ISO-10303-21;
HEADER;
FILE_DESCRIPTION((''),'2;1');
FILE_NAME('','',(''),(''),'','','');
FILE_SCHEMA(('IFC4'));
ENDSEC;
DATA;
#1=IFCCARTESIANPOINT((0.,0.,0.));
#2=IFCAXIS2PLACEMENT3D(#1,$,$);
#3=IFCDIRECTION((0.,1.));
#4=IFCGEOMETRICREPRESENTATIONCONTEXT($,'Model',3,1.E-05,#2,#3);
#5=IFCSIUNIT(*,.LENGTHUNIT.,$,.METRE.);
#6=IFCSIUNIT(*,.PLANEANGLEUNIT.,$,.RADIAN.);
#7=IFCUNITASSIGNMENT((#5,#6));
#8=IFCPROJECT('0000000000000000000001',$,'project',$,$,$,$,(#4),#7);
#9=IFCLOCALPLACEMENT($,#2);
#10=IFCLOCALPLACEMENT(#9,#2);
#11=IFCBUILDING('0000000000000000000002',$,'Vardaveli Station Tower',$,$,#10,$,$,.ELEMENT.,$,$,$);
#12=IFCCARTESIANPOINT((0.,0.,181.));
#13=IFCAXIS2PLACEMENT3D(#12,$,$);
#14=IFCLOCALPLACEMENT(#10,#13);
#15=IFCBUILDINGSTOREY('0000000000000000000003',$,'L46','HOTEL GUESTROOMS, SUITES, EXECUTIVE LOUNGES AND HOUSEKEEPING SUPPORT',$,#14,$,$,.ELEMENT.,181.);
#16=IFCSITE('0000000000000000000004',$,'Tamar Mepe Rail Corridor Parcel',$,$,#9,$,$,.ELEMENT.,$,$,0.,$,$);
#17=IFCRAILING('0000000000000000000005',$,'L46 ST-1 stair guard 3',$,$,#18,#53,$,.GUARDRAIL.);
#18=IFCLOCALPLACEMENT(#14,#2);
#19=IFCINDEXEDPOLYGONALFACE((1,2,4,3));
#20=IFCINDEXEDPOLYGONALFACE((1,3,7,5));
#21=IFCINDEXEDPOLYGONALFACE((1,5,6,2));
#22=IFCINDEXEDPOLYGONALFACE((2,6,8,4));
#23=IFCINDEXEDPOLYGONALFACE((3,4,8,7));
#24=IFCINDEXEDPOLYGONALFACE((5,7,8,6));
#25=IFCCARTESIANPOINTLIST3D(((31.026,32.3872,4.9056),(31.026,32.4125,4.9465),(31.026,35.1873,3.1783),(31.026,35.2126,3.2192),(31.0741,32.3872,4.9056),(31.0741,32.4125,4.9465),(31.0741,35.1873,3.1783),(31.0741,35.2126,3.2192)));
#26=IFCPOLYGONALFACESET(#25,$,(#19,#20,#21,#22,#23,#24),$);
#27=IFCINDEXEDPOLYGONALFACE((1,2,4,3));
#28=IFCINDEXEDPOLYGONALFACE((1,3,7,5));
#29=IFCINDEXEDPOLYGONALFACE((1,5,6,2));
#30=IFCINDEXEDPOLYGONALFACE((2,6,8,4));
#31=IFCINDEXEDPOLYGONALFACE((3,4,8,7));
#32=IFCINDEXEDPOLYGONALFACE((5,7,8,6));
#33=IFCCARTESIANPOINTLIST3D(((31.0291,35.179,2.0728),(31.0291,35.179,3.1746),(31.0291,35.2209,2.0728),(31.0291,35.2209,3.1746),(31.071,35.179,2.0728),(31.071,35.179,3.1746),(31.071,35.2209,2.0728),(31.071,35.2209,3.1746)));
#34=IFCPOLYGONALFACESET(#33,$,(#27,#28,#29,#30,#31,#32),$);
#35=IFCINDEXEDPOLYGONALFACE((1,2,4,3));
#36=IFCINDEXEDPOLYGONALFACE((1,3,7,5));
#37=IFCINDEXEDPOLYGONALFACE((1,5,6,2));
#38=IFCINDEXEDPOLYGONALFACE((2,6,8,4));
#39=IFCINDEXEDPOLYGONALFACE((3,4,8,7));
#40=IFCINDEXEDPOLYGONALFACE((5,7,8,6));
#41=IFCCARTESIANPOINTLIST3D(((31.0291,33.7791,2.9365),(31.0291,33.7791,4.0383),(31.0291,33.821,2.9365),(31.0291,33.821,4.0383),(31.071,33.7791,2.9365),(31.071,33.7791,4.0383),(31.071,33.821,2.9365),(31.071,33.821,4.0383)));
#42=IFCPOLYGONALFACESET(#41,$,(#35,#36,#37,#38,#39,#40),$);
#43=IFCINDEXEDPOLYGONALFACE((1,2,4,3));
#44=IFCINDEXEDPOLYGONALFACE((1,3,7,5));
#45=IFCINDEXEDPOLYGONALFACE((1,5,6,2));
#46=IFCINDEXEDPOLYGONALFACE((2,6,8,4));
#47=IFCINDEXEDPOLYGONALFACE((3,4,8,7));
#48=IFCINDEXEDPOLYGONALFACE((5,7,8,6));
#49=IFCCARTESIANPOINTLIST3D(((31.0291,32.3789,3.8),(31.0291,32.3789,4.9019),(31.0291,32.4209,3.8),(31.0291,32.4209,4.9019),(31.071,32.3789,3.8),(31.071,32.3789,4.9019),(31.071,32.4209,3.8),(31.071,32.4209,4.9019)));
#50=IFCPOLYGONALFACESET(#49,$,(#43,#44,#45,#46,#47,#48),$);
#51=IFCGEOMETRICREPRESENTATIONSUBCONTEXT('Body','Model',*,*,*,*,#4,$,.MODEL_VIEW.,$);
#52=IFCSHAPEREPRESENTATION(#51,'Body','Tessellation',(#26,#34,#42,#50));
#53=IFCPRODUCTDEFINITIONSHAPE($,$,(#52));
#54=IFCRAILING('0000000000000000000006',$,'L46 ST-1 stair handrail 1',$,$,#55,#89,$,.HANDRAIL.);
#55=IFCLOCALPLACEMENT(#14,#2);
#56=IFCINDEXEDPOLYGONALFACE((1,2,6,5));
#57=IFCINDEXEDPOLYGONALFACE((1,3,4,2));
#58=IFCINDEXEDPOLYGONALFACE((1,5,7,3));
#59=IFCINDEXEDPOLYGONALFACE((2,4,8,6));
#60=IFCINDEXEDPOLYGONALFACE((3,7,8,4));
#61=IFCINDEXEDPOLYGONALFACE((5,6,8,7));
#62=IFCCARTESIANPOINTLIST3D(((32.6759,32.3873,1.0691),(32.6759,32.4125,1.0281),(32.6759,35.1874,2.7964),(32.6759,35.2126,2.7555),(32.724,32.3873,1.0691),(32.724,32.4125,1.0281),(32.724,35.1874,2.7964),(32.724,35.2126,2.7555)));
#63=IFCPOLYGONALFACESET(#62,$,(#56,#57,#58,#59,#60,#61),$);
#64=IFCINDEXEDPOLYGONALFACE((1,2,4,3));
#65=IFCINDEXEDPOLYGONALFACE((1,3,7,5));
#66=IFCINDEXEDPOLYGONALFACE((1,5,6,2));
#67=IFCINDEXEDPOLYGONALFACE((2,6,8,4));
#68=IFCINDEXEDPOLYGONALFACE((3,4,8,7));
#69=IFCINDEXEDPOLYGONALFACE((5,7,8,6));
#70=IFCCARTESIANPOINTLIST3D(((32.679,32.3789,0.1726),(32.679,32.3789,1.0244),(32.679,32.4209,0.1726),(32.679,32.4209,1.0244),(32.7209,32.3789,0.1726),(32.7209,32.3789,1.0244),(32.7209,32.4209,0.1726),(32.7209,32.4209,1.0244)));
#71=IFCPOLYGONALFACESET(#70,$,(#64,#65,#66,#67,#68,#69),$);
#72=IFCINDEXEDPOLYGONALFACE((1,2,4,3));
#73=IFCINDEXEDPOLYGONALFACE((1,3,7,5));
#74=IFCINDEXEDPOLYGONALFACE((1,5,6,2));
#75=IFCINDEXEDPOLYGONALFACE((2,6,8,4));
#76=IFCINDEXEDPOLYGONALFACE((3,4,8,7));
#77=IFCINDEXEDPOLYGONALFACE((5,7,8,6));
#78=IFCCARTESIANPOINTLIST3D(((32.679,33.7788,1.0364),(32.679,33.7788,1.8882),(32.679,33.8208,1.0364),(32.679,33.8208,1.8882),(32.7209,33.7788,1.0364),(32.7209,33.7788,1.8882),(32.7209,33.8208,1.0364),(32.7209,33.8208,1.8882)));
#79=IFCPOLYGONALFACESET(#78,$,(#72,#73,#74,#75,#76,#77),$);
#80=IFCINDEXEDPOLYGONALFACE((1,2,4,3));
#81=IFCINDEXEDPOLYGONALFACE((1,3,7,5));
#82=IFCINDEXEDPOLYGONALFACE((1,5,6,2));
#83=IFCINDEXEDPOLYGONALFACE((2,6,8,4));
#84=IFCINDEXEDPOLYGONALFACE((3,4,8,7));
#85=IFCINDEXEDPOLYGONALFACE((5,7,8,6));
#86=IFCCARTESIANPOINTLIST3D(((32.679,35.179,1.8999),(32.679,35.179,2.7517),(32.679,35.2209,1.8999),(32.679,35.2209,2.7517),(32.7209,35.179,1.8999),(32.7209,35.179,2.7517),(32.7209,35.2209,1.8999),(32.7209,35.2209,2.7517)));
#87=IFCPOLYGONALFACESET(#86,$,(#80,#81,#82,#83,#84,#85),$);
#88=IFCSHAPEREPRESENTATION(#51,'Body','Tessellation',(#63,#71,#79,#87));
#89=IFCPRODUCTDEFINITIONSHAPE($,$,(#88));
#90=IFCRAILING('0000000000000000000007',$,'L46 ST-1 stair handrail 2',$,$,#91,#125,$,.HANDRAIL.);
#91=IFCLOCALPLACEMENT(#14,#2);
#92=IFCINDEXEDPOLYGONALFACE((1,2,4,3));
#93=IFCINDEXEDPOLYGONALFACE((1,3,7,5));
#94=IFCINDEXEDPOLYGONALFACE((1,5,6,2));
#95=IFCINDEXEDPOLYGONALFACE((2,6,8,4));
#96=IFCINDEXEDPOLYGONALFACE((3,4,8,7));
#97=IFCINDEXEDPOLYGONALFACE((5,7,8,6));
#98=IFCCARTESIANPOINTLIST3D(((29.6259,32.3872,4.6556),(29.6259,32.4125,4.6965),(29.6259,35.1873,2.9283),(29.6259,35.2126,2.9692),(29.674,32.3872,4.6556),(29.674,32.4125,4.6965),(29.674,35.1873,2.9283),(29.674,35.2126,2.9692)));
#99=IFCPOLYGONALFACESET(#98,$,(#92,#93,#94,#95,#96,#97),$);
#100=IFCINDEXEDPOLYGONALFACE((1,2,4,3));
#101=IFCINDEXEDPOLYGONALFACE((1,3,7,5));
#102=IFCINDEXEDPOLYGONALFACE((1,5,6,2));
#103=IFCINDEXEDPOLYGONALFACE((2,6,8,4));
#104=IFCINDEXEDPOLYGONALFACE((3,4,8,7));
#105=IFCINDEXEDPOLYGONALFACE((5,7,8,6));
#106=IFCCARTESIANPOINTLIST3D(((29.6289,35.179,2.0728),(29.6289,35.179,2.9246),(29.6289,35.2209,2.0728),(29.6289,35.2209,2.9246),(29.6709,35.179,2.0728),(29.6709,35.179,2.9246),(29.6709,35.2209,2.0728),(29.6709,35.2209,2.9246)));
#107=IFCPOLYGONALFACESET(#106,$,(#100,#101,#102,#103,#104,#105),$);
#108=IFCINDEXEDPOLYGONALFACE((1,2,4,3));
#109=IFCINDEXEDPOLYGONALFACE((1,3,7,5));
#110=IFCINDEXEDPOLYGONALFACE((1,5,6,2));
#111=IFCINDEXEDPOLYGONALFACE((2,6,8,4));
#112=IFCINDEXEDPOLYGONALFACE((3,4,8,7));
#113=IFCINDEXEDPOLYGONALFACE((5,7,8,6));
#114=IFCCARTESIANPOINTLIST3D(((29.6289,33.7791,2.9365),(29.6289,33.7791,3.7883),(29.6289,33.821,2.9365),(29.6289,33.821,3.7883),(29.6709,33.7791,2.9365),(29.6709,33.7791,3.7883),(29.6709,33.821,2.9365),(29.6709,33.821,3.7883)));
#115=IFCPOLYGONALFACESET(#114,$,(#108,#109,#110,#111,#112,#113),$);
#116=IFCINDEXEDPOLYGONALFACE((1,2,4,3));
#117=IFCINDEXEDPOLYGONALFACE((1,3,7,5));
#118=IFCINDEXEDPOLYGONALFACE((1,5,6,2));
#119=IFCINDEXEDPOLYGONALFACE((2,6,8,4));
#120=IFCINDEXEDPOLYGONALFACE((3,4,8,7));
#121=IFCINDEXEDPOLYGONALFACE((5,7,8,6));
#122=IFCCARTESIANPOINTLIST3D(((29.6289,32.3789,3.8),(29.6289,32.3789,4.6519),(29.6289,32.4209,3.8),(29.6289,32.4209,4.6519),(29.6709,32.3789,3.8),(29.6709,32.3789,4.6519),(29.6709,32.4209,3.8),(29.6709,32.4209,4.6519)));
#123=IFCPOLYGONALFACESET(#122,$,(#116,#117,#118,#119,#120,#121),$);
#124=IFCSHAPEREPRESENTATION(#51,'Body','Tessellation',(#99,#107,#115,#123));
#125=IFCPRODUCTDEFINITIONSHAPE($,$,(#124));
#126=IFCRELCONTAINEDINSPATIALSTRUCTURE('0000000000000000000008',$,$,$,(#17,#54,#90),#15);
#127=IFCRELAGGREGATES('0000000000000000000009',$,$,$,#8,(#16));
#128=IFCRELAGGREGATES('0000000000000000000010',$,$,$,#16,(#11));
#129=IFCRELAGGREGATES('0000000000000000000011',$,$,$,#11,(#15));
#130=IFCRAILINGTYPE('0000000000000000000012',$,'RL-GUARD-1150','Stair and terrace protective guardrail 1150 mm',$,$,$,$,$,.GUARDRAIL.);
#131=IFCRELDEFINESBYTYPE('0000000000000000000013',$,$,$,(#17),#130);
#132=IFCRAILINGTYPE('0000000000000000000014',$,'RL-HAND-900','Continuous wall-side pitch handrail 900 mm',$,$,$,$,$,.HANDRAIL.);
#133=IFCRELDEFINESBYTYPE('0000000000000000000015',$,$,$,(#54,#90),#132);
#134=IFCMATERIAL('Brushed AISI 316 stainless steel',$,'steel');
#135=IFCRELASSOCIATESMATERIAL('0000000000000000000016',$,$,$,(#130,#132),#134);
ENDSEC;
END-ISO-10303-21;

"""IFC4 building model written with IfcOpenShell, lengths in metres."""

from ifc_helpers import new_model, si_unit, direction, frame, origin, origin_2d, place, context, subcontext, project, spatial, rectangle, extrude, source, transform, mapped, material, type_object, element, save


model = new_model("IFC4")

# Units and contexts
model_context = context("Model", 3, precision=1e-05, world=origin(), true_north=direction((0.0, 1.0)))
body_context = subcontext(model_context, "Body", "Model", "MODEL_VIEW")
ifc_project = project(units=[si_unit("LENGTHUNIT", "METRE"), si_unit("PLANEANGLEUNIT", "RADIAN")], contexts=[model_context])

# Site, building, storey
site_placement = place(None, origin())
site = spatial("IfcSite", under=ifc_project, at=site_placement, Name="Tamar Mepe Rail Corridor Parcel", CompositionType="ELEMENT", RefElevation=0.0)
building_placement = place(site_placement, origin())
building = spatial("IfcBuilding", under=site, at=building_placement, Name="Vardaveli Station Tower", CompositionType="ELEMENT")
storey_placement = place(building_placement, frame((0.0, 0.0, 181.0)))
storey = spatial("IfcBuildingStorey", under=building, at=storey_placement, Name="L46", Description="HOTEL GUESTROOMS, SUITES, EXECUTIVE LOUNGES AND HOUSEKEEPING SUPPORT", CompositionType="ELEMENT", Elevation=181.0)

# Railings
ifc_material_1 = material(Name="Brushed AISI 316 stainless steel", Category="steel")
railing_type_1 = type_object("IfcRailingType", Name="RL-GUARD-1150", Description="Stair and terrace protective guardrail 1150 mm", PredefinedType="GUARDRAIL", material=ifc_material_1)
shared_shape_1 = source(origin(), body_context, "Body", "SweptSolid", [
    extrude(rectangle(XDim=0.0481, YDim=0.0481, at=origin_2d()), frame((0.0, 0.0, 1.126), z_axis=(0.0, -0.85109, 0.52502), x_axis=(1.0, 0.0, 0.0)), (0.0, 0.0, 1.0), 3.29),
    extrude(rectangle(XDim=0.042, YDim=0.042, at=origin_2d()), origin(), (0.0, 0.0, 1.0), 1.1018),
    extrude(rectangle(XDim=0.042, YDim=0.042, at=origin_2d()), frame((0.0, -1.3999, 0.8638)), (0.0, 0.0, 1.0), 1.1018),
    extrude(rectangle(XDim=0.042, YDim=0.042, at=origin_2d()), frame((0.0, -2.8, 1.7273)), (0.0, 0.0, 1.0), 1.1018),
])
railing_1_placement = place(storey_placement, frame((31.05, 35.2, 2.0728)))
element("IfcRailing", 1, at=railing_1_placement, inside=storey, type_object=railing_type_1, Name="L46 ST-1 stair guard 3", PredefinedType="GUARDRAIL", context=body_context, shape_type="MappedRepresentation", body=[
    mapped(shared_shape_1, transform((0.0, 0.0, 0.0), scale=1.0)),
])
railing_type_2 = type_object("IfcRailingType", Name="RL-HAND-900", Description="Continuous wall-side pitch handrail 900 mm", PredefinedType="HANDRAIL", material=ifc_material_1)
shared_shape_2 = source(origin(), body_context, "Body", "SweptSolid", [
    extrude(rectangle(XDim=0.0481, YDim=0.0481, at=origin_2d()), frame((0.0, 0.0, 0.876), z_axis=(0.0, 0.85109, 0.52502), x_axis=(-1.0, 0.0, 0.0)), (0.0, 0.0, 1.0), 3.29),
    extrude(rectangle(XDim=0.042, YDim=0.042, at=origin_2d()), origin(), (0.0, 0.0, 1.0), 0.8518),
    extrude(rectangle(XDim=0.042, YDim=0.042, at=origin_2d()), frame((0.0, 1.3999, 0.8638)), (0.0, 0.0, 1.0), 0.8518),
    extrude(rectangle(XDim=0.042, YDim=0.042, at=origin_2d()), frame((0.0, 2.8, 1.7273)), (0.0, 0.0, 1.0), 0.8518),
])
railing_2_placement = place(storey_placement, frame((32.7, 32.3999, 0.1726)))
element("IfcRailing", 2, at=railing_2_placement, inside=storey, type_object=railing_type_2, Name="L46 ST-1 stair handrail 1", PredefinedType="HANDRAIL", context=body_context, shape_type="MappedRepresentation", body=[
    mapped(shared_shape_2, transform((0.0, 0.0, 0.0), scale=1.0)),
])
shared_shape_3 = source(origin(), body_context, "Body", "SweptSolid", [
    extrude(rectangle(XDim=0.0481, YDim=0.0481, at=origin_2d()), frame((0.0, 0.0, 0.876), z_axis=(0.0, -0.85109, 0.52502), x_axis=(1.0, 0.0, 0.0)), (0.0, 0.0, 1.0), 3.29),
    extrude(rectangle(XDim=0.042, YDim=0.042, at=origin_2d()), origin(), (0.0, 0.0, 1.0), 0.8518),
    extrude(rectangle(XDim=0.042, YDim=0.042, at=origin_2d()), frame((0.0, -1.3999, 0.8638)), (0.0, 0.0, 1.0), 0.8518),
    extrude(rectangle(XDim=0.042, YDim=0.042, at=origin_2d()), frame((0.0, -2.8, 1.7273)), (0.0, 0.0, 1.0), 0.8518),
])
railing_3_placement = place(storey_placement, frame((29.6499, 35.2, 2.0728)))
element("IfcRailing", 3, at=railing_3_placement, inside=storey, type_object=railing_type_2, Name="L46 ST-1 stair handrail 2", PredefinedType="HANDRAIL", context=body_context, shape_type="MappedRepresentation", body=[
    mapped(shared_shape_3, transform((0.0, 0.0, 0.0), scale=1.0)),
])

save(model, "model.ifc")
